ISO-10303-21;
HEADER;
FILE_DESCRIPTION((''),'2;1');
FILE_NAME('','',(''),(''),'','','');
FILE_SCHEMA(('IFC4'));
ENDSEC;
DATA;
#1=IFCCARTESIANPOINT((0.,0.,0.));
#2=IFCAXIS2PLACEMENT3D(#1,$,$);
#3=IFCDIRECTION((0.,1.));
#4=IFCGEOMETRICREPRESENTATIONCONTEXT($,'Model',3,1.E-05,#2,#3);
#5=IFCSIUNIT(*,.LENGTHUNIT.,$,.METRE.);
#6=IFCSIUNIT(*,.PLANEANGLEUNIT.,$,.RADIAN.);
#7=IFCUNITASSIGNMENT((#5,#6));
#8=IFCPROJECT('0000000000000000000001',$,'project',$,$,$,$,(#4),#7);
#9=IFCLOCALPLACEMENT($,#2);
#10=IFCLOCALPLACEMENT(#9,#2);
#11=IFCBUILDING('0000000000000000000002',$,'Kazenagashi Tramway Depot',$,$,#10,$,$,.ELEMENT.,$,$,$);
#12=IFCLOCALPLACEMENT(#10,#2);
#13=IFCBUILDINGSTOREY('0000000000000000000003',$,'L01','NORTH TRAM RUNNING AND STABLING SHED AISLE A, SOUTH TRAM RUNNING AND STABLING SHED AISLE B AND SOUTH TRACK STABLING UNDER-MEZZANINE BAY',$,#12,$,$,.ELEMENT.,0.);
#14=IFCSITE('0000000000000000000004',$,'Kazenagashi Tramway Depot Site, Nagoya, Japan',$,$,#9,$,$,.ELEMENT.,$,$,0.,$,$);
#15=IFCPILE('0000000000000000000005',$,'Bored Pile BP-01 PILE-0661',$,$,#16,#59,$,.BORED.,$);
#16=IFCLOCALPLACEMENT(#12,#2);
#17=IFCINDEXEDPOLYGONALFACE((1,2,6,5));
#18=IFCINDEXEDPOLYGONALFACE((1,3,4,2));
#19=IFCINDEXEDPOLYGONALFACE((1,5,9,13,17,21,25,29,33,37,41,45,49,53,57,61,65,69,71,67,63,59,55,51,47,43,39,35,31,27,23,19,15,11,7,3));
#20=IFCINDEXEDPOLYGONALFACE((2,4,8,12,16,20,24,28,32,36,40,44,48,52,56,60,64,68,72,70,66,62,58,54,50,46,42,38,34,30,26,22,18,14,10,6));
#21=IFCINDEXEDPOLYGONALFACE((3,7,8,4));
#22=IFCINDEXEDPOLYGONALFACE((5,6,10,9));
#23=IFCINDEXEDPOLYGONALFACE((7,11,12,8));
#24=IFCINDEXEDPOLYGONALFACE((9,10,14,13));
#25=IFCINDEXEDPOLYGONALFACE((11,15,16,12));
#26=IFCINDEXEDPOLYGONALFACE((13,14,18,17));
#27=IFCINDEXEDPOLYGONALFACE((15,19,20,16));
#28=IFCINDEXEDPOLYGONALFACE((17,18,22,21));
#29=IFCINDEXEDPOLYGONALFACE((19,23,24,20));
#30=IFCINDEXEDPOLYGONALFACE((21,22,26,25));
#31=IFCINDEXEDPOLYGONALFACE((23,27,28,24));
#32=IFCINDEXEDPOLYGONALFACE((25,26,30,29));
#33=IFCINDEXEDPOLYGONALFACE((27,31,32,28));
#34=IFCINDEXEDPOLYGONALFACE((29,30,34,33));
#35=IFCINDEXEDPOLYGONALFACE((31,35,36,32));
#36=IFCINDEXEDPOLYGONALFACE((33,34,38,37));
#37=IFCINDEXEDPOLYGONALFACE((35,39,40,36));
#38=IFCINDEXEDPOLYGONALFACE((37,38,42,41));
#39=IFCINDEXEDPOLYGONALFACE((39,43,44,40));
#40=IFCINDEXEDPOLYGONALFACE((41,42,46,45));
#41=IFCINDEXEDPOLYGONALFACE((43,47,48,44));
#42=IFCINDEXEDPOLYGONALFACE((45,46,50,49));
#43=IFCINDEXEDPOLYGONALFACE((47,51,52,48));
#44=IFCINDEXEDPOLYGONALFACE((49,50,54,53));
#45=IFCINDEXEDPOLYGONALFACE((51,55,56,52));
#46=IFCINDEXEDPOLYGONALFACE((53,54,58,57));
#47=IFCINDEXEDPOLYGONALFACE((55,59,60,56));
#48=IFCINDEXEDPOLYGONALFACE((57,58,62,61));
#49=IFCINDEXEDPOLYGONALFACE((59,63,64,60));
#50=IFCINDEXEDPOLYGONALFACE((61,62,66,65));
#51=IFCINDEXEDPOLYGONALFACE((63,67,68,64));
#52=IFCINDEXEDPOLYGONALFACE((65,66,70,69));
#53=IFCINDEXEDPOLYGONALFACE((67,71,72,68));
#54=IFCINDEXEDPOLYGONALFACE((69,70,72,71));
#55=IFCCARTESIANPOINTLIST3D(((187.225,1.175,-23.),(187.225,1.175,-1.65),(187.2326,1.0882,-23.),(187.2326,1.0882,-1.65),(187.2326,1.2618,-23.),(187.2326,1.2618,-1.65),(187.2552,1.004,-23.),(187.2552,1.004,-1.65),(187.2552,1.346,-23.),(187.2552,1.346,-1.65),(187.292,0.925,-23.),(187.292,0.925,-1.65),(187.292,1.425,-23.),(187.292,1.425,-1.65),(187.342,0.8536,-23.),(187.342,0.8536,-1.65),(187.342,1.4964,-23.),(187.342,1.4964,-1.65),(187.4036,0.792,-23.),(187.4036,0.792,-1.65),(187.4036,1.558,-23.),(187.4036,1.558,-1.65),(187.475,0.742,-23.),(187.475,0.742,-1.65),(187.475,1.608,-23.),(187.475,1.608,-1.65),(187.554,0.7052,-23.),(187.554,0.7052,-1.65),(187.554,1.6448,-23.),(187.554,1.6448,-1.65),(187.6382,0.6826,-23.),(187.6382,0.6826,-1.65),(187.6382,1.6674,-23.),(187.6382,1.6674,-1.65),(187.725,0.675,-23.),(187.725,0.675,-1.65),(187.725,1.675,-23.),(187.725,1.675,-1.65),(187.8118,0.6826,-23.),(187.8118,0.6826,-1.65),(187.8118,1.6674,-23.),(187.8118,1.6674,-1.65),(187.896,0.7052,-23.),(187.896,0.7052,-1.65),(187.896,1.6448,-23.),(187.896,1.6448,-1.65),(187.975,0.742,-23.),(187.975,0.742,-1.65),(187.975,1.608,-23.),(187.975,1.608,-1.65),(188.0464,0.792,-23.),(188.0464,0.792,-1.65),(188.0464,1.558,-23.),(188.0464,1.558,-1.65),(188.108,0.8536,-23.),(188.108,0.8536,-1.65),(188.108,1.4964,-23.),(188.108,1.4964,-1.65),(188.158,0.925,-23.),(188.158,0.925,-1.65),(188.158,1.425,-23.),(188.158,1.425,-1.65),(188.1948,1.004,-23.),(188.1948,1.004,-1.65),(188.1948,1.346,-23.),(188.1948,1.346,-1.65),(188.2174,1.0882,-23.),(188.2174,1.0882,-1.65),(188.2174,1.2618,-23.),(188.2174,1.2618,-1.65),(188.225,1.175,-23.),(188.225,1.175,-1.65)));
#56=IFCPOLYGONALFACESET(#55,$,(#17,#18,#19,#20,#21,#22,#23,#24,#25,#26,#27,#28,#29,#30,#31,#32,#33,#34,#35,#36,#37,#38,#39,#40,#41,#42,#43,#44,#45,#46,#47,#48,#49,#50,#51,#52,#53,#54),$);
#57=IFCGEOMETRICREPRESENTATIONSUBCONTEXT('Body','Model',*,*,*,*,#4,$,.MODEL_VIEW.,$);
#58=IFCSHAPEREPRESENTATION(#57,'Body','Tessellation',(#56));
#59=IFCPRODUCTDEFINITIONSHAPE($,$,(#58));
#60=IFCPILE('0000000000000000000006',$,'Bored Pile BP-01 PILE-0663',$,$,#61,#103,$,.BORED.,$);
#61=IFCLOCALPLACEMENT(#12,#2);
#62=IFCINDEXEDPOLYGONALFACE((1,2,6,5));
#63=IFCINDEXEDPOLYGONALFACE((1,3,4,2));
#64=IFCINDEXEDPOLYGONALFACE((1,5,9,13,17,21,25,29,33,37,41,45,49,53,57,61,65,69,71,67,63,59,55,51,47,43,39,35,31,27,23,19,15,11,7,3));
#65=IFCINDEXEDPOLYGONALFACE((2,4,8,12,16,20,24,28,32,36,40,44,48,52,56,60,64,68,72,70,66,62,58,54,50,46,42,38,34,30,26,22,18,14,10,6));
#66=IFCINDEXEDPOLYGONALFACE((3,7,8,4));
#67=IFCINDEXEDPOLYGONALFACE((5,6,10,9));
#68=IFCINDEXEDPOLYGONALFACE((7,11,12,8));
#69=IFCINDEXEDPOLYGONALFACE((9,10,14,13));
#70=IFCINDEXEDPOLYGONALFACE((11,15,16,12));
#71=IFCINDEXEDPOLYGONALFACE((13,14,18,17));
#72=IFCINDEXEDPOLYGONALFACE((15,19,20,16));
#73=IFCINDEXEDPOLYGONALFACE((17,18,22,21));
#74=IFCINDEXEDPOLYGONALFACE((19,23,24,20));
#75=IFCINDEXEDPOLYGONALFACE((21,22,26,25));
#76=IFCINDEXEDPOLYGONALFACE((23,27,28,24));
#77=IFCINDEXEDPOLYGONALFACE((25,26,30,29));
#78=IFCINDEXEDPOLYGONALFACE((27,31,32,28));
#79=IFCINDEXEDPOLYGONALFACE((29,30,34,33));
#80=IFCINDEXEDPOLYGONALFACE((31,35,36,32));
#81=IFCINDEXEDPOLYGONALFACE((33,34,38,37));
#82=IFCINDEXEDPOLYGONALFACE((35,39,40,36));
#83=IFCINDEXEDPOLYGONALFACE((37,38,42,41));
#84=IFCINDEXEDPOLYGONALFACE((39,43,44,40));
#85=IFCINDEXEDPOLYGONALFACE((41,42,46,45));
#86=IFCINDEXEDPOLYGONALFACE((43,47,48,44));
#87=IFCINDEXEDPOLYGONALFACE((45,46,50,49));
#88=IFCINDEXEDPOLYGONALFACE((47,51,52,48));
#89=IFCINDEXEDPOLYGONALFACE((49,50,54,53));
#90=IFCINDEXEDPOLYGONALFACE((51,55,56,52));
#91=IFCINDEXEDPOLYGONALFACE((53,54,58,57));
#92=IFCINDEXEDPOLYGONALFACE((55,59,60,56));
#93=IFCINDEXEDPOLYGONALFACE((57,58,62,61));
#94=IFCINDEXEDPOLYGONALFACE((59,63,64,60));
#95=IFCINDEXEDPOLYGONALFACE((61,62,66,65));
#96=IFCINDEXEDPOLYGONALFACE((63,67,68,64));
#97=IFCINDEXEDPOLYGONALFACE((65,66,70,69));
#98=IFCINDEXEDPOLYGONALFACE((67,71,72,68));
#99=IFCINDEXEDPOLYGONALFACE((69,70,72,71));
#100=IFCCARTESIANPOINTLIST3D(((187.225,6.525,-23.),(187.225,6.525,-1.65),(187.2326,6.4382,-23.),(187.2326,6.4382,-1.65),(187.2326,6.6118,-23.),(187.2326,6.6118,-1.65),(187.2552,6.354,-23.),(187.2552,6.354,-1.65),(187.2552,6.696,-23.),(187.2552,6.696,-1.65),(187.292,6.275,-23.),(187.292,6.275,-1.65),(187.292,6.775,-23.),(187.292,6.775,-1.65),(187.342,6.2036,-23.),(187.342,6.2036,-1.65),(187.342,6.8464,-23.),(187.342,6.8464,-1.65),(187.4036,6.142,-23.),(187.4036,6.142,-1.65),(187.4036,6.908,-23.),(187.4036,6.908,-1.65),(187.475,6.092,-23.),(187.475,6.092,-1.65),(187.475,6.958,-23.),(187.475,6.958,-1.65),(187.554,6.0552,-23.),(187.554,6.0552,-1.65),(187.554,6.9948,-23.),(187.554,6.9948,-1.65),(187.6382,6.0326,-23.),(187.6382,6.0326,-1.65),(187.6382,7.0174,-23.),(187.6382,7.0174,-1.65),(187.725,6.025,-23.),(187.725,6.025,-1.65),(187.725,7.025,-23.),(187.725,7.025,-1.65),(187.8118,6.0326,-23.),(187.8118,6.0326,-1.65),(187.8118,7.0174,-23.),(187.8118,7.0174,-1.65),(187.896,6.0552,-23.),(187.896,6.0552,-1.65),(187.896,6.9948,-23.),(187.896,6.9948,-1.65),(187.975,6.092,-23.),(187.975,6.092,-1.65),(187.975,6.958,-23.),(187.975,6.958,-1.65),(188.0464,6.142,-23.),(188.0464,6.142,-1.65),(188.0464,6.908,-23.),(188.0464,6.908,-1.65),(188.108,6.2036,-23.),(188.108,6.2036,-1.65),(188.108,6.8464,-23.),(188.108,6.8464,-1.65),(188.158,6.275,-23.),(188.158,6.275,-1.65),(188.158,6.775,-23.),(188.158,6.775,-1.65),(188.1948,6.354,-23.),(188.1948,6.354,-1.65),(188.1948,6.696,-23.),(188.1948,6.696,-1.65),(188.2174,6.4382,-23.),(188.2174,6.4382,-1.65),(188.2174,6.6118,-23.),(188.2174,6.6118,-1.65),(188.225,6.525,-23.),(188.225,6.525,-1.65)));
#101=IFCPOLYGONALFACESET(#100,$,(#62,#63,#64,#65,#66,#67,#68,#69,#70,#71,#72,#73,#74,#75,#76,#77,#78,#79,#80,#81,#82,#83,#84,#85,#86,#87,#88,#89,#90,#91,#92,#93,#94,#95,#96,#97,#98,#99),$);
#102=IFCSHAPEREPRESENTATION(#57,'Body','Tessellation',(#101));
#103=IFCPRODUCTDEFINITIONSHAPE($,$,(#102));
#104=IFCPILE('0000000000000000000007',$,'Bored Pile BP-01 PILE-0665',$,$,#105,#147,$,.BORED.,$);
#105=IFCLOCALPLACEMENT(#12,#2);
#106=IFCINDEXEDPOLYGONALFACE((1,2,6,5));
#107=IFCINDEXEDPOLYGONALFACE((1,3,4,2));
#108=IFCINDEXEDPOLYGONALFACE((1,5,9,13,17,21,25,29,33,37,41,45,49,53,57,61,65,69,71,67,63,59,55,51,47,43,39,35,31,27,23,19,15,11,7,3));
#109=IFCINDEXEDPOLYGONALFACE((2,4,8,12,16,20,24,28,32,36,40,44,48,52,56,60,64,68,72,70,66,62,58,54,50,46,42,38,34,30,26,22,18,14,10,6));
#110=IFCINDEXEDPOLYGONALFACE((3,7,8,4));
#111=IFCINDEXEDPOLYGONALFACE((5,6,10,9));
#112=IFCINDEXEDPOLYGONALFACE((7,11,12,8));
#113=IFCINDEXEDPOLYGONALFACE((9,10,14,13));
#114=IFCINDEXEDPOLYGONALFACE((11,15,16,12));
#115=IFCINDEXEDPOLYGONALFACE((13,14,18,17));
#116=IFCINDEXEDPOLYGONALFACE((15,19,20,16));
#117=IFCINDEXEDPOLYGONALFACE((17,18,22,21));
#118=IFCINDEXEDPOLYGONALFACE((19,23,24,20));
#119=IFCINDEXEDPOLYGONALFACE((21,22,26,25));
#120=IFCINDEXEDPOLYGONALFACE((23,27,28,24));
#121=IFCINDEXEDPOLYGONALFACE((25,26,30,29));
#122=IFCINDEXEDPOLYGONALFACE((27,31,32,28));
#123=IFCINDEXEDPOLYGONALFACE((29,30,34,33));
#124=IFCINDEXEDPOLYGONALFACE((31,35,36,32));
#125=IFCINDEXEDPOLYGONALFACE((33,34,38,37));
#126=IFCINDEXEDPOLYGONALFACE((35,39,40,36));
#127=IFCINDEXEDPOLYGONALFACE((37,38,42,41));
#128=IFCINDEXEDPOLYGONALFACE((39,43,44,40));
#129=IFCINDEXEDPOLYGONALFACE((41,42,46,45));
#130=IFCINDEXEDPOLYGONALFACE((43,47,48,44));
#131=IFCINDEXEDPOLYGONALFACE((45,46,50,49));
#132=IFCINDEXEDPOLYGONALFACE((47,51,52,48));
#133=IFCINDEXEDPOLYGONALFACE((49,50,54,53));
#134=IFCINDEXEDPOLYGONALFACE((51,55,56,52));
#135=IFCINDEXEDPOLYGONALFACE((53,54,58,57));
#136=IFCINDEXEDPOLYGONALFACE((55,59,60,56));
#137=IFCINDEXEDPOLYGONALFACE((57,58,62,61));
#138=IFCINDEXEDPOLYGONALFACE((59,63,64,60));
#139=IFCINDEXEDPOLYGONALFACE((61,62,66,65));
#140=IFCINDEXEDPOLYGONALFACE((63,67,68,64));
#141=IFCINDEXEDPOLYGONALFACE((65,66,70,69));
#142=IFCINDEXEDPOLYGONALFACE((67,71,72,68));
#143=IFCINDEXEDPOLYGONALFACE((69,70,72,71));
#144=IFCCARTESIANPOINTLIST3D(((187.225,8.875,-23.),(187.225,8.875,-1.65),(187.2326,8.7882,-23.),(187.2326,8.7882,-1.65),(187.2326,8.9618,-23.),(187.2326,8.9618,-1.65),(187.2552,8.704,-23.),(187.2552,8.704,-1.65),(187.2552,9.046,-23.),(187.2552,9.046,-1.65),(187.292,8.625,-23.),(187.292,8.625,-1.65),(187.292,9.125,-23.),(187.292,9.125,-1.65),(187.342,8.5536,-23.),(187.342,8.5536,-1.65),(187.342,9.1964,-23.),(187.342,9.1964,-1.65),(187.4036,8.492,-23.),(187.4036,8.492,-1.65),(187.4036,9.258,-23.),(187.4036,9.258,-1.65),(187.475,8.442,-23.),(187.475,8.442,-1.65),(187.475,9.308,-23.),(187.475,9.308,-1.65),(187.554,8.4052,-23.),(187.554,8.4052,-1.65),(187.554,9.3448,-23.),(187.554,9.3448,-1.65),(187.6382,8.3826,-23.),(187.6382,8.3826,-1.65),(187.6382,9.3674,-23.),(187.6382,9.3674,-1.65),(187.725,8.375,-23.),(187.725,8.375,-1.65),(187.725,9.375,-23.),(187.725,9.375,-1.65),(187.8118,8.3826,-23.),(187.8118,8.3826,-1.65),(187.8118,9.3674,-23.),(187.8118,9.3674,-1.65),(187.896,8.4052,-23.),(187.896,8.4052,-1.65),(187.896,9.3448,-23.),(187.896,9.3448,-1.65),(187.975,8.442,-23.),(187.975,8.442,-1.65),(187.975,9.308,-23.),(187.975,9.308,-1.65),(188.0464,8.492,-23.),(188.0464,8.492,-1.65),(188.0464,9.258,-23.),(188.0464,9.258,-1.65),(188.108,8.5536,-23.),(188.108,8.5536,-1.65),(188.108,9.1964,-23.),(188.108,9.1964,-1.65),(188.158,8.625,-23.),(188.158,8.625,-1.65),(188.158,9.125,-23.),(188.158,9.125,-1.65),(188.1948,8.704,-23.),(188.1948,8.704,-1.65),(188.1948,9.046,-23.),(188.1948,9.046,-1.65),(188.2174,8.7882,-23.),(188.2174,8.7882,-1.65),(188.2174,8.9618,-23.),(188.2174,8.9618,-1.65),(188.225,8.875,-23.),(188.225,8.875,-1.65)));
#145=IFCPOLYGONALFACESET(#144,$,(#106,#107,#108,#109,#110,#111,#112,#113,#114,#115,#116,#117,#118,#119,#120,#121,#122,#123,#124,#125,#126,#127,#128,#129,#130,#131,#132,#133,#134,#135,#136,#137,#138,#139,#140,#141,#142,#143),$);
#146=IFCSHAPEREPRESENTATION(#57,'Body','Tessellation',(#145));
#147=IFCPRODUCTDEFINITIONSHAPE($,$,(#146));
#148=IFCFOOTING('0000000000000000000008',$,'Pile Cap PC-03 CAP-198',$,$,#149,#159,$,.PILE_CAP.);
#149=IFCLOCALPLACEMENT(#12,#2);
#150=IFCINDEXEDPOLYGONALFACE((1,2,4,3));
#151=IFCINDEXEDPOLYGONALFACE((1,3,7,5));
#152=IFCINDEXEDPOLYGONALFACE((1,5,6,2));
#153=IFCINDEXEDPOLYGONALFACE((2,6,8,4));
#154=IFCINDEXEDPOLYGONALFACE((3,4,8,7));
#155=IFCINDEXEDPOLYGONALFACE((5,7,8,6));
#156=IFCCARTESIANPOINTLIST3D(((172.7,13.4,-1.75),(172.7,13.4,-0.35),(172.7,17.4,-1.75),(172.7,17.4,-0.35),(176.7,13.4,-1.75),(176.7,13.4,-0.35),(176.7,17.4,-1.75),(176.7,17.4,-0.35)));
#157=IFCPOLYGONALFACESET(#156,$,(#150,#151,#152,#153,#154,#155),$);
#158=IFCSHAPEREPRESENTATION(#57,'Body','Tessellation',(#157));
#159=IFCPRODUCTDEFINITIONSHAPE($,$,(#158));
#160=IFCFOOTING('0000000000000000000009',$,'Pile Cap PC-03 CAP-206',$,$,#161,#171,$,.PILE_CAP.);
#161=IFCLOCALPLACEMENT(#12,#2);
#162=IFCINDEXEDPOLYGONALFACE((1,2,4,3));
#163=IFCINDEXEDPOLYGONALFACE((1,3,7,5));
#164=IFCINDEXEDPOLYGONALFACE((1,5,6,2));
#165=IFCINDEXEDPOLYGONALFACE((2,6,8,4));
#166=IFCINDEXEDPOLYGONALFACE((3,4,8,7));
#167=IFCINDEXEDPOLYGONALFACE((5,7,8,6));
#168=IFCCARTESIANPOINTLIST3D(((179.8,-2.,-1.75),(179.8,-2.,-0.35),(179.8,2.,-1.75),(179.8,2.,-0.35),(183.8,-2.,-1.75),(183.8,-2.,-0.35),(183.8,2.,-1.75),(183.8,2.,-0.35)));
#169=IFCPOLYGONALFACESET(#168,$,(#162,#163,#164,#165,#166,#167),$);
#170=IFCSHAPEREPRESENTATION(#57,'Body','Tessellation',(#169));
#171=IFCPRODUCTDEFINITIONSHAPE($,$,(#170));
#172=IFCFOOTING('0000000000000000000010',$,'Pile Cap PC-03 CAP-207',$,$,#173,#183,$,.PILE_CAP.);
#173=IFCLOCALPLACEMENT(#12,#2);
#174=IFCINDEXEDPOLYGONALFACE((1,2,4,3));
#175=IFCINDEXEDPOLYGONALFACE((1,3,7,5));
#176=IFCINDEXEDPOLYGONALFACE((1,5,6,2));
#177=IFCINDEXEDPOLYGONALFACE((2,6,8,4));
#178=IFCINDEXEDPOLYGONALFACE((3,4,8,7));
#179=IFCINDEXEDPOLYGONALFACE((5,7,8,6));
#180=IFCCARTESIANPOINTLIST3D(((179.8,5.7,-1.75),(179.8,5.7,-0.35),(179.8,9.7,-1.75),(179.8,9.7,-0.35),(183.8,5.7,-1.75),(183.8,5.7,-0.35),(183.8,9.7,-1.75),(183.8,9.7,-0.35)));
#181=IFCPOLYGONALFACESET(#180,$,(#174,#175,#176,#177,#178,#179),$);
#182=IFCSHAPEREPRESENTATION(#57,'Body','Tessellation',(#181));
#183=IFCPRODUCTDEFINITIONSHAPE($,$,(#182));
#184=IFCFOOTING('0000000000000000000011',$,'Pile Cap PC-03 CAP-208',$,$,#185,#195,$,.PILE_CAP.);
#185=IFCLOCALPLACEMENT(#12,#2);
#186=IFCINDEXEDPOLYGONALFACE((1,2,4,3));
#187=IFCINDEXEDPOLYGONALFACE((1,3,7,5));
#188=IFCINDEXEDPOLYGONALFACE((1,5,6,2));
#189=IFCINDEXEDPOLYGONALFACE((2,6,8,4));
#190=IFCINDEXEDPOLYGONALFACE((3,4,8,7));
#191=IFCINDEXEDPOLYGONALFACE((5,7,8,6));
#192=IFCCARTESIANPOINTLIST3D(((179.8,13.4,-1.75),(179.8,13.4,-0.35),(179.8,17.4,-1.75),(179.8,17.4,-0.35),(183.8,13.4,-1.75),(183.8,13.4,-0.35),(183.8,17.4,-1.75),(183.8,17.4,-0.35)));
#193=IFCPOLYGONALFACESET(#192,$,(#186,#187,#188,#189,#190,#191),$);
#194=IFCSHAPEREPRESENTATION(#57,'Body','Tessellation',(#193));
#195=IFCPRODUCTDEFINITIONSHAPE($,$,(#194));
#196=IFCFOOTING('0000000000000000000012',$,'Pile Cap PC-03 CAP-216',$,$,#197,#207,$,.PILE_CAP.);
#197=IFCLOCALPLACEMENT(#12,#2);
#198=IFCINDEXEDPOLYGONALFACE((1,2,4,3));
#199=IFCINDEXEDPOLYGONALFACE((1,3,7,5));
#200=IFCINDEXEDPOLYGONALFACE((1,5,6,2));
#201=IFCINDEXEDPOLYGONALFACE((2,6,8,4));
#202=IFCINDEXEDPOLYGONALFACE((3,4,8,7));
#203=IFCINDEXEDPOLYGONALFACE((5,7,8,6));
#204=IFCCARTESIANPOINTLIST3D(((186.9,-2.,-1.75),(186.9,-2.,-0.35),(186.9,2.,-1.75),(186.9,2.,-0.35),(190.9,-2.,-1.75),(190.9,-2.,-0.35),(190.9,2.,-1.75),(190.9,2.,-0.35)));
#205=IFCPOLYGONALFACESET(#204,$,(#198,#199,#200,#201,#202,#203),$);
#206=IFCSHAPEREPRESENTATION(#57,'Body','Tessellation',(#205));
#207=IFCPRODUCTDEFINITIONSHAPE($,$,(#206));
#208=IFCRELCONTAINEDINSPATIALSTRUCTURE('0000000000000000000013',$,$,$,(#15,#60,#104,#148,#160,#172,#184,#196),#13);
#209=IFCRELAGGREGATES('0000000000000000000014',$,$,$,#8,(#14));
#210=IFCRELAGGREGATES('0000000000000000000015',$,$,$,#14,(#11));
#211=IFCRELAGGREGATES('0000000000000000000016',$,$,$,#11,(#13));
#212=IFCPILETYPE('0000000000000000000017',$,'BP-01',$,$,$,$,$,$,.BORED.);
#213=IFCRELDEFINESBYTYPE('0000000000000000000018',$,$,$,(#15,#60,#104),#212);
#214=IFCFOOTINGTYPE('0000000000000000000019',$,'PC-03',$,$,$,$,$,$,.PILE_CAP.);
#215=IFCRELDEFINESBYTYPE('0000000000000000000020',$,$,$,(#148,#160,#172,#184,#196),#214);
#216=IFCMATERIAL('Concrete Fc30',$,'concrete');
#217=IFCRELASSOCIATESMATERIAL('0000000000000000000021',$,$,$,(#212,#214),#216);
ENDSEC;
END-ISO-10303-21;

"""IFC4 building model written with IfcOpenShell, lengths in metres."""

from ifc_helpers import new_model, si_unit, direction, frame, origin, origin_2d, place, context, subcontext, project, spatial, rectangle, circle, extrude, material, material_profile, profile_set, type_object, element, save


model = new_model("IFC4")

# Units and contexts
model_context = context("Model", 3, precision=1e-05, world=origin(), true_north=direction((0.0, 1.0)))
body_context = subcontext(model_context, "Body", "Model", "MODEL_VIEW")
ifc_project = project(units=[si_unit("LENGTHUNIT", "METRE"), si_unit("PLANEANGLEUNIT", "RADIAN")], contexts=[model_context])

# Site, building, storey
site_placement = place(None, origin())
site = spatial("IfcSite", under=ifc_project, at=site_placement, Name="Kazenagashi Tramway Depot Site, Nagoya, Japan", CompositionType="ELEMENT", RefElevation=0.0)
building_placement = place(site_placement, origin())
building = spatial("IfcBuilding", under=site, at=building_placement, Name="Kazenagashi Tramway Depot", CompositionType="ELEMENT")
storey_placement = place(building_placement, origin())
storey = spatial("IfcBuildingStorey", under=building, at=storey_placement, Name="L01", Description="NORTH TRAM RUNNING AND STABLING SHED AISLE A, SOUTH TRAM RUNNING AND STABLING SHED AISLE B AND SOUTH TRACK STABLING UNDER-MEZZANINE BAY", CompositionType="ELEMENT", Elevation=0.0)

# Piles
ifc_material_1 = material(Name="Concrete Fc30", Category="concrete")
ifc_material_profile_1 = material_profile(ifc_material_1, circle(Radius=0.5, at=origin_2d()), Name="PILE-1000")
ifc_profile_set_1 = profile_set([ifc_material_profile_1], Name="Concrete Fc30")
pile_type = type_object("IfcPileType", Name="BP-01", PredefinedType="BORED", material=ifc_profile_set_1)
for number, where, z_axis, x_axis, name in (
    (1, (187.725, 1.175, -1.65), (0.0, 0.0, -1.0), (1.0, 0.0, 0.0), "Bored Pile BP-01 PILE-0661"),
    (2, (187.725, 6.525, -1.65), (0.0, 0.0, -1.0), (1.0, 0.0, 0.0), "Bored Pile BP-01 PILE-0663"),
    (3, (187.725, 8.875, -1.65), (0.0, 0.0, -1.0), (1.0, 0.0, 0.0), "Bored Pile BP-01 PILE-0665"),
):
    element("IfcPile", number, at=place(storey_placement, frame(where, z_axis=z_axis, x_axis=x_axis)), inside=storey, type_object=pile_type, Name=name, PredefinedType="BORED", context=body_context, shape_type="SweptSolid", body=[
        extrude(circle(Radius=0.5, at=origin_2d()), origin(), (0.0, 0.0, 1.0), 21.35),
    ])

# Footings
footing_type = type_object("IfcFootingType", Name="PC-03", PredefinedType="PILE_CAP", material=ifc_material_1)
for number, where, z_axis, x_axis, name in (
    (4, (174.7, 15.4, -1.75), (0.0, 0.0, 1.0), (1.0, 0.0, 0.0), "Pile Cap PC-03 CAP-198"),
    (5, (181.8, 0.0, -1.75), (0.0, 0.0, 1.0), (1.0, 0.0, 0.0), "Pile Cap PC-03 CAP-206"),
    (6, (181.8, 7.7, -1.75), (0.0, 0.0, 1.0), (1.0, 0.0, 0.0), "Pile Cap PC-03 CAP-207"),
    (7, (181.8, 15.4, -1.75), (0.0, 0.0, 1.0), (1.0, 0.0, 0.0), "Pile Cap PC-03 CAP-208"),
    (8, (188.9, 0.0, -1.75), (0.0, 0.0, 1.0), (1.0, 0.0, 0.0), "Pile Cap PC-03 CAP-216"),
):
    element("IfcFooting", number, at=place(storey_placement, frame(where, z_axis=z_axis, x_axis=x_axis)), inside=storey, type_object=footing_type, Name=name, PredefinedType="PILE_CAP", context=body_context, shape_type="SweptSolid", body=[
        extrude(rectangle(XDim=4.0, YDim=4.0, at=origin_2d()), origin(), (0.0, 0.0, 1.0), 1.4),
    ])

save(model, "model.ifc")
